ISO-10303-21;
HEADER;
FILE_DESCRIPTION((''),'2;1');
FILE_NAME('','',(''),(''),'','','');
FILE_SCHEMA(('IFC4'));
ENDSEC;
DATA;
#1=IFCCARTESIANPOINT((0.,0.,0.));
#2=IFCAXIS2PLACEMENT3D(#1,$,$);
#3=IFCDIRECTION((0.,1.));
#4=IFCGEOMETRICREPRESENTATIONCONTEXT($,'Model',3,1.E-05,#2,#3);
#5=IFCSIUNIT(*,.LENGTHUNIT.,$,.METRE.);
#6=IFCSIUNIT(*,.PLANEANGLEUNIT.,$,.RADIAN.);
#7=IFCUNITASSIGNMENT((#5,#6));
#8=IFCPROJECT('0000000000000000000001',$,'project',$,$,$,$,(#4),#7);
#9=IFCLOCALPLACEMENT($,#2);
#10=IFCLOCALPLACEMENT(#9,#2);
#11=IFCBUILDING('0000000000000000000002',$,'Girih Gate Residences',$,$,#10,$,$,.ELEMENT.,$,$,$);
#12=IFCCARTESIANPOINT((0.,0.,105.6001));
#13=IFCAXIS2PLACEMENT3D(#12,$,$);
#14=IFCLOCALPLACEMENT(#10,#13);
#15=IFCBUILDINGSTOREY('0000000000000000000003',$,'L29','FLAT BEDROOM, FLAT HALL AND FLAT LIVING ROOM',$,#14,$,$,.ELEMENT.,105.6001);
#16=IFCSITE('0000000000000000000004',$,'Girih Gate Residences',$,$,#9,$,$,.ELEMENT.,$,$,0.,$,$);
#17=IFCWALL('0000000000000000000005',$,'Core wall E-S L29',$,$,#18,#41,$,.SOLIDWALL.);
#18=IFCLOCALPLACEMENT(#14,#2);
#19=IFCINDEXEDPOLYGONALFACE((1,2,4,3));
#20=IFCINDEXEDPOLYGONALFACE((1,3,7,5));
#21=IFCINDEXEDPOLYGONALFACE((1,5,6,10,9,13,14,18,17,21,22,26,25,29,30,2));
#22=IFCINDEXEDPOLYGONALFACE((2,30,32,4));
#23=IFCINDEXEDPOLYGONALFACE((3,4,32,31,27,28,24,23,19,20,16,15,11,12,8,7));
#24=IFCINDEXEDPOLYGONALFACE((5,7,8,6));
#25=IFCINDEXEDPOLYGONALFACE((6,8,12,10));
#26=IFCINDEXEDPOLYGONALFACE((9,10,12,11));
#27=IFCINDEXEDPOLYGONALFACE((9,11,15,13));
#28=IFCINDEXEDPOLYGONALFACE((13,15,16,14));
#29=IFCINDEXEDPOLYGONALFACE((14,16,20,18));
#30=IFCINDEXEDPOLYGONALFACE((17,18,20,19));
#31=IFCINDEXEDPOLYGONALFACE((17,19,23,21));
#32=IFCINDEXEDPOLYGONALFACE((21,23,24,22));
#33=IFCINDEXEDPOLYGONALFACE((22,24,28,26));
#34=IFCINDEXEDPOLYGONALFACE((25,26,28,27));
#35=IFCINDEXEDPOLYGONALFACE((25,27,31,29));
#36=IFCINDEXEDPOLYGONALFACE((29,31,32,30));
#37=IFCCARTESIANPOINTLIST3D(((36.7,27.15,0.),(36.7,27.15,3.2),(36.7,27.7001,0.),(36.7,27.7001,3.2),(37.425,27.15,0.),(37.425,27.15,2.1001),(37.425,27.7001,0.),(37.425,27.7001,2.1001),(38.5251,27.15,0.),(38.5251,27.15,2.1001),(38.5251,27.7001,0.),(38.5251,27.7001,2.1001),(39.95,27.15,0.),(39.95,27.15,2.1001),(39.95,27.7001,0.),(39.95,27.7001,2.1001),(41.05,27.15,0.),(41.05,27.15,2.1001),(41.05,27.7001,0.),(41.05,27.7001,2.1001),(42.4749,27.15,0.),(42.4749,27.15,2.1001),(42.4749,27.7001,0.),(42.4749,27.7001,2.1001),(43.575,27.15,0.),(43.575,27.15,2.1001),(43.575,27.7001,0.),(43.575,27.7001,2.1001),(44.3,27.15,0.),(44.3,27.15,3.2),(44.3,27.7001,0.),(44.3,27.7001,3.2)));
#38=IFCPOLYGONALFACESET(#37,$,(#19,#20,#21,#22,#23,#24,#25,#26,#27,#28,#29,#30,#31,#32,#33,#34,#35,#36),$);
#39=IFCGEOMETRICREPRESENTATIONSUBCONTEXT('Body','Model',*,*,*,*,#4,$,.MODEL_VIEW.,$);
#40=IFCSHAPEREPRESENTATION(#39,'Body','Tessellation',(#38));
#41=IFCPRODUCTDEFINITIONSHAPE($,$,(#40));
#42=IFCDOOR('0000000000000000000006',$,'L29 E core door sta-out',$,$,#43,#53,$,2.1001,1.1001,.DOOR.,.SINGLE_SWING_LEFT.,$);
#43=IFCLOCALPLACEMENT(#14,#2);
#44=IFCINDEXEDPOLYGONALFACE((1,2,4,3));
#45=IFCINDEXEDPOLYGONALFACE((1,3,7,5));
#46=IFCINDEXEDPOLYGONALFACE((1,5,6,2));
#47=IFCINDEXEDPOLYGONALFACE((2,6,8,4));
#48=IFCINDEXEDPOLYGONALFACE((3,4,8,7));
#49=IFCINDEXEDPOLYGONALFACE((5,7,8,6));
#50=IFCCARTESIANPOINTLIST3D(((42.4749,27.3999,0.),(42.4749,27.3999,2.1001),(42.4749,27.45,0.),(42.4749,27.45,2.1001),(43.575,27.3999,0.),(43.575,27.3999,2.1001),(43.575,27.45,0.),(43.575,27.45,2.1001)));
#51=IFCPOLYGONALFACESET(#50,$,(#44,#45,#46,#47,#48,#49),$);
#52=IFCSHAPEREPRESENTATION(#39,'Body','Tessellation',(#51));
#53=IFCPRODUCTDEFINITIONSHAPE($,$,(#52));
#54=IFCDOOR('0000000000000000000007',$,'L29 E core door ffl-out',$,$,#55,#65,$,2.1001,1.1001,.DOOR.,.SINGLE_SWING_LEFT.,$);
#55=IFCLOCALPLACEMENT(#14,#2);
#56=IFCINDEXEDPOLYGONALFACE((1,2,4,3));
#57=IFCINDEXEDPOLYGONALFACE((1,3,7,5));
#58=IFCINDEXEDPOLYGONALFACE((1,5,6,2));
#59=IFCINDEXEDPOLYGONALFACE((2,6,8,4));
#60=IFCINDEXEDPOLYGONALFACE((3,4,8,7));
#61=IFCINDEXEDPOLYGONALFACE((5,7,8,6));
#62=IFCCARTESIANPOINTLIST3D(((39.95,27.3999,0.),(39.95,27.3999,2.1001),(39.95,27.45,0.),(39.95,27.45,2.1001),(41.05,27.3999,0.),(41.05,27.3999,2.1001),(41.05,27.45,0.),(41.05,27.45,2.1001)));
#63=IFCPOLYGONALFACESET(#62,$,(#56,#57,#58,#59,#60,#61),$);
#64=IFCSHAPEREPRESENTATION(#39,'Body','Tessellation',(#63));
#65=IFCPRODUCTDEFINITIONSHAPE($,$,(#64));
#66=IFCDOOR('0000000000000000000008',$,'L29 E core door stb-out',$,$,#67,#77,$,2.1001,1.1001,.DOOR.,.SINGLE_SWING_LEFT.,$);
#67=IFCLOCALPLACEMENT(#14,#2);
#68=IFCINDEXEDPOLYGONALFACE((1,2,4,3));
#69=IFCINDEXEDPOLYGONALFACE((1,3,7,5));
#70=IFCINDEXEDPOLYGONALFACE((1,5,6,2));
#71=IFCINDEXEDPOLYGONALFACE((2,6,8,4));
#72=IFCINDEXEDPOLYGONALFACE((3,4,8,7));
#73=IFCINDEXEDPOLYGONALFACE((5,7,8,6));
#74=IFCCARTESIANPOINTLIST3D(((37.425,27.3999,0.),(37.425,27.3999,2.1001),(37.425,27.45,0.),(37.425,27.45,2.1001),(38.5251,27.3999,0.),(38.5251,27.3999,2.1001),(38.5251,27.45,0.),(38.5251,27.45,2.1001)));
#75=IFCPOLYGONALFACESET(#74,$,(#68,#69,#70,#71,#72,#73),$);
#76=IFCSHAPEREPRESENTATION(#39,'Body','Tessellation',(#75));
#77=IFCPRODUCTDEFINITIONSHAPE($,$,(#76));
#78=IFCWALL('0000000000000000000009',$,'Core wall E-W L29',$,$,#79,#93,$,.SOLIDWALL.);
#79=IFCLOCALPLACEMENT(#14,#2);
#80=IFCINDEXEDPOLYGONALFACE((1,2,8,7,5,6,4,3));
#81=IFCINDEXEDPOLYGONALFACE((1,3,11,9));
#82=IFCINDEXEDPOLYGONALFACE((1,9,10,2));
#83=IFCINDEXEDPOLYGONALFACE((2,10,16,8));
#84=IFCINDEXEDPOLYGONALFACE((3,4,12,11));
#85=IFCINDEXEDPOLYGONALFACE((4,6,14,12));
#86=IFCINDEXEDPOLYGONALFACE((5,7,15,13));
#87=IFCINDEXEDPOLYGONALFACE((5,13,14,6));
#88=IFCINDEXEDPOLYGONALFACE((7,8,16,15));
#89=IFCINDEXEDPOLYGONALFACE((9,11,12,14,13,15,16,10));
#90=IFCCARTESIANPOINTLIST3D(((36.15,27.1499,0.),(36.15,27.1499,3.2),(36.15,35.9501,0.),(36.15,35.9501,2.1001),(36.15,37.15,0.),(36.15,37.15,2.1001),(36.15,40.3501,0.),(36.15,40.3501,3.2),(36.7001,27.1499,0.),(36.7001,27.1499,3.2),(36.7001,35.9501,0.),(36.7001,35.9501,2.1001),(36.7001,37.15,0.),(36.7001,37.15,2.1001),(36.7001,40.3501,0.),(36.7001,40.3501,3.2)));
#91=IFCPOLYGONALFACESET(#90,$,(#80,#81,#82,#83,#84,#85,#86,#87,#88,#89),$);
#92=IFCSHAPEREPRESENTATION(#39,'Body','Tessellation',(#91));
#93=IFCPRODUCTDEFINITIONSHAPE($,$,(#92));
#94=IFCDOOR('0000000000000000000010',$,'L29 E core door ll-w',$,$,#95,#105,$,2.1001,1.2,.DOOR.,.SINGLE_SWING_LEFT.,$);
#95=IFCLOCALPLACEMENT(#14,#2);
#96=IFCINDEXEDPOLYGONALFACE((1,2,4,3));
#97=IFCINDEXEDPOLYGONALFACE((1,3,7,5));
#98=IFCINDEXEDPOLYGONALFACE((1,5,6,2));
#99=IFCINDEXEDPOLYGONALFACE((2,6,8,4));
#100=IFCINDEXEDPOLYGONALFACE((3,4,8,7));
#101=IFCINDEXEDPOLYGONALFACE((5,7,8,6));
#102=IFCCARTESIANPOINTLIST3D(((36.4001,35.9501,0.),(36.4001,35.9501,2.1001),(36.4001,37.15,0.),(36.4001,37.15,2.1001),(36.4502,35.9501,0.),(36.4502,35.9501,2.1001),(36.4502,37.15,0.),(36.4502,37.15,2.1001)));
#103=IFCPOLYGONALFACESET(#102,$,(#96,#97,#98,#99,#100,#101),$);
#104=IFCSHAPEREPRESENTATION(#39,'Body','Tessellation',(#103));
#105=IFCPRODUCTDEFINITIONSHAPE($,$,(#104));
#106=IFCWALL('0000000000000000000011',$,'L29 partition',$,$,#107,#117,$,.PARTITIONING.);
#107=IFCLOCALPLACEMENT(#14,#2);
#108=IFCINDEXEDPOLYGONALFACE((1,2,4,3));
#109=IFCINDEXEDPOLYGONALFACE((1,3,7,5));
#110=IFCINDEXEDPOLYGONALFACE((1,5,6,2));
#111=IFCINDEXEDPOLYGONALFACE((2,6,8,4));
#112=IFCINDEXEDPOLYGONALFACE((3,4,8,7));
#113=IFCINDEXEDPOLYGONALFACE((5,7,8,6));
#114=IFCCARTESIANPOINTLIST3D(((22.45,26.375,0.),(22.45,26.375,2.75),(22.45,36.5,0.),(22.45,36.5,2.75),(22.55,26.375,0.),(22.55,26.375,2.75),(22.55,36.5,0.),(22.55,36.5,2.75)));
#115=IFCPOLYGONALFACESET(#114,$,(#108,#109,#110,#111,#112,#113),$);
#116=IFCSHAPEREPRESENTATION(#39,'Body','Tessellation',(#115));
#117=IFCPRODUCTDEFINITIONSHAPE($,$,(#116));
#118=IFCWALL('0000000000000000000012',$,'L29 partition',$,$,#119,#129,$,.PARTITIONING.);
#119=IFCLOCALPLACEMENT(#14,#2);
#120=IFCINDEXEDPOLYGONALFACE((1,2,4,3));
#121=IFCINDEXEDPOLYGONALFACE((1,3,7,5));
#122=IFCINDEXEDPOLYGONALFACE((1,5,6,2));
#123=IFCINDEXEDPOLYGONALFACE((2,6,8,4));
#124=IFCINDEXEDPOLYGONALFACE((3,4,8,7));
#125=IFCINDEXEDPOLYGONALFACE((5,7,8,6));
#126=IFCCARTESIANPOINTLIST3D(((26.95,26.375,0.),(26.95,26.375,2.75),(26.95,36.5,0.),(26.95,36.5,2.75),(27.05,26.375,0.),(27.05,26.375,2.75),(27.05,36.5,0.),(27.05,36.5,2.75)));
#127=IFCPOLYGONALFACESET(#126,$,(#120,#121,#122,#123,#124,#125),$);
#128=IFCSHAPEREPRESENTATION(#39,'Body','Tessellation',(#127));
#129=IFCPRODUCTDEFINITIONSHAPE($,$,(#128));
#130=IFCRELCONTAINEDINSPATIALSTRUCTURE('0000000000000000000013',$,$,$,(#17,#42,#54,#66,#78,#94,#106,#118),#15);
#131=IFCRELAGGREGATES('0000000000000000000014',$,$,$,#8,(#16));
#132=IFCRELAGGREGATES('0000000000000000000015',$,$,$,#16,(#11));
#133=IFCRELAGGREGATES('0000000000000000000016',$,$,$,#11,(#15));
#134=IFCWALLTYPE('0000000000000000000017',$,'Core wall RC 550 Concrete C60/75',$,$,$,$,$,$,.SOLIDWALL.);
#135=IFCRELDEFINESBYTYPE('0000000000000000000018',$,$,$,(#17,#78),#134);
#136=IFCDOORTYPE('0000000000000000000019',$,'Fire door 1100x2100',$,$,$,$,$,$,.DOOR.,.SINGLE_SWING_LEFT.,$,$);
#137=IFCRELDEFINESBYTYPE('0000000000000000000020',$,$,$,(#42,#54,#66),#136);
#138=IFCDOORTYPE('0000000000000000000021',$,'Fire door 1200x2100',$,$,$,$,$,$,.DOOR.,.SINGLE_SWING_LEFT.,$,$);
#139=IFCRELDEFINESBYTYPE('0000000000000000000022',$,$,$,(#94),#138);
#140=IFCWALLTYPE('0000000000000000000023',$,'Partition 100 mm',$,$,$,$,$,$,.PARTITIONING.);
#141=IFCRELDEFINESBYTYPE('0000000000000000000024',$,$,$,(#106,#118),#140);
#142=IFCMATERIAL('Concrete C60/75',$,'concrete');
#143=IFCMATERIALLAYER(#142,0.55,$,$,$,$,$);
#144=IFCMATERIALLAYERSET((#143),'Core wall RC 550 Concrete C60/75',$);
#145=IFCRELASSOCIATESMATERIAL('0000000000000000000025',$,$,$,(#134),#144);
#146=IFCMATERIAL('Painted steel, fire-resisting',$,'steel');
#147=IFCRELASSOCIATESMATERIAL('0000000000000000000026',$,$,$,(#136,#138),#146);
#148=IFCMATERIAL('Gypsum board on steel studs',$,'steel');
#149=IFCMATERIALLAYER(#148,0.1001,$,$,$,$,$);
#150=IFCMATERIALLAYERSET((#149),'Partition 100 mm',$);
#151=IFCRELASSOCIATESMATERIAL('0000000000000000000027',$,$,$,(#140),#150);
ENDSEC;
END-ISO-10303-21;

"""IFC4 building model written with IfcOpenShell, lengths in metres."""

from ifc_helpers import new_model, si_unit, direction, frame, frame_2d, origin, place, context, subcontext, project, spatial, rectangle, extrude, material, layer, layer_set, type_object, element, fill, save


model = new_model("IFC4")

# Units and contexts
model_context = context("Model", 3, precision=1e-05, world=origin(), true_north=direction((0.0, 1.0)))
body_context = subcontext(model_context, "Body", "Model", "MODEL_VIEW")
ifc_project = project(units=[si_unit("LENGTHUNIT", "METRE"), si_unit("PLANEANGLEUNIT", "RADIAN")], contexts=[model_context])

# Site, building, storey
site_placement = place(None, origin())
site = spatial("IfcSite", under=ifc_project, at=site_placement, Name="Girih Gate Residences", CompositionType="ELEMENT", RefElevation=0.0)
building_placement = place(site_placement, origin())
building = spatial("IfcBuilding", under=site, at=building_placement, Name="Girih Gate Residences", CompositionType="ELEMENT")
storey_placement = place(building_placement, frame((0.0, 0.0, 105.6001)))
storey = spatial("IfcBuildingStorey", under=building, at=storey_placement, Name="L29", Description="FLAT BEDROOM, FLAT HALL AND FLAT LIVING ROOM", CompositionType="ELEMENT", Elevation=105.6001)

# Shared definitions
ifc_material_1 = material(Name="Concrete C60/75", Category="concrete")

# Shared definitions
ifc_material_2 = material(Name="Gypsum board on steel studs", Category="steel")

# Wall, openings, doors
ifc_layer_1 = layer(ifc_material_1, 0.55)
ifc_layer_set_1 = layer_set([ifc_layer_1], Name="Core wall RC 550 Concrete C60/75")
wall_type_1 = type_object("IfcWallType", Name="Core wall RC 550 Concrete C60/75", PredefinedType="SOLIDWALL", material=ifc_layer_set_1)
wall_1_placement = place(storey_placement, frame((36.7, 27.425, 0.0), z_axis=(0.0, 0.0, 1.0), x_axis=(1.0, 0.0, 0.0)))
wall_1 = element("IfcWall", 1, at=wall_1_placement, inside=storey, type_object=wall_type_1, Name="Core wall E-S L29", PredefinedType="SOLIDWALL", context=body_context, shape_type="SweptSolid", body=[
    extrude(rectangle(XDim=7.6001, YDim=0.55, at=frame_2d((3.8, 0.0))), origin(), (0.0, 0.0, 1.0), 3.2),
])
opening_1_placement = place(wall_1_placement, frame((5.7749, 0.0, 0.0)))
opening_1 = element("IfcOpeningElement", 2, at=opening_1_placement, cuts=wall_1, PredefinedType="OPENING", context=body_context, shape_type="SweptSolid", body=[
    extrude(rectangle(XDim=1.1001, YDim=2.1001, at=frame_2d((0.55, 1.05))), frame((0.0, 0.2849, 0.0), z_axis=(0.0, -1.0, 0.0), x_axis=(1.0, 0.0, 0.0)), (0.0, 0.0, 1.0), 0.5701),
])
opening_2_placement = place(wall_1_placement, frame((3.25, 0.0, 0.0)))
opening_2 = element("IfcOpeningElement", 3, at=opening_2_placement, cuts=wall_1, PredefinedType="OPENING", context=body_context, shape_type="SweptSolid", body=[
    extrude(rectangle(XDim=1.1001, YDim=2.1001, at=frame_2d((0.55, 1.05))), frame((0.0, 0.2849, 0.0), z_axis=(0.0, -1.0, 0.0), x_axis=(1.0, 0.0, 0.0)), (0.0, 0.0, 1.0), 0.5701),
])
opening_3_placement = place(wall_1_placement, frame((0.7251, 0.0, 0.0)))
opening_3 = element("IfcOpeningElement", 4, at=opening_3_placement, cuts=wall_1, PredefinedType="OPENING", context=body_context, shape_type="SweptSolid", body=[
    extrude(rectangle(XDim=1.1001, YDim=2.1001, at=frame_2d((0.55, 1.05))), frame((0.0, 0.2849, 0.0), z_axis=(0.0, -1.0, 0.0), x_axis=(1.0, 0.0, 0.0)), (0.0, 0.0, 1.0), 0.5701),
])
ifc_material_3 = material(Name="Painted steel, fire-resisting", Category="steel")
door_type_1 = type_object("IfcDoorType", Name="Fire door 1100x2100", OperationType="SINGLE_SWING_LEFT", PredefinedType="DOOR", material=ifc_material_3)
door_1_placement = place(opening_1_placement, origin())
door_1 = element("IfcDoor", 5, at=door_1_placement, inside=storey, type_object=door_type_1, Name="L29 E core door sta-out", OperationType="SINGLE_SWING_LEFT", OverallHeight=2.1001, OverallWidth=1.1001, PredefinedType="DOOR", context=body_context, shape_type="SweptSolid", body=[
    extrude(rectangle(XDim=1.1001, YDim=2.1001, at=frame_2d((0.55, 1.05))), frame((0.0, 0.0249, 0.0), z_axis=(0.0, -1.0, 0.0), x_axis=(1.0, 0.0, 0.0)), (0.0, 0.0, 1.0), 0.05),
])
fill(opening_1, door_1)
door_2_placement = place(opening_2_placement, origin())
door_2 = element("IfcDoor", 6, at=door_2_placement, inside=storey, type_object=door_type_1, Name="L29 E core door ffl-out", OperationType="SINGLE_SWING_LEFT", OverallHeight=2.1001, OverallWidth=1.1001, PredefinedType="DOOR", context=body_context, shape_type="SweptSolid", body=[
    extrude(rectangle(XDim=1.1001, YDim=2.1001, at=frame_2d((0.55, 1.05))), frame((0.0, 0.0249, 0.0), z_axis=(0.0, -1.0, 0.0), x_axis=(1.0, 0.0, 0.0)), (0.0, 0.0, 1.0), 0.05),
])
fill(opening_2, door_2)
door_3_placement = place(opening_3_placement, origin())
door_3 = element("IfcDoor", 7, at=door_3_placement, inside=storey, type_object=door_type_1, Name="L29 E core door stb-out", OperationType="SINGLE_SWING_LEFT", OverallHeight=2.1001, OverallWidth=1.1001, PredefinedType="DOOR", context=body_context, shape_type="SweptSolid", body=[
    extrude(rectangle(XDim=1.1001, YDim=2.1001, at=frame_2d((0.55, 1.05))), frame((0.0, 0.0249, 0.0), z_axis=(0.0, -1.0, 0.0), x_axis=(1.0, 0.0, 0.0)), (0.0, 0.0, 1.0), 0.05),
])
fill(opening_3, door_3)

# Wall, opening, door
wall_2_placement = place(storey_placement, frame((36.425, 27.1499, 0.0), z_axis=(0.0, 0.0, 1.0), x_axis=(0.0, 1.0, 0.0)))
wall_2 = element("IfcWall", 8, at=wall_2_placement, inside=storey, type_object=wall_type_1, Name="Core wall E-W L29", PredefinedType="SOLIDWALL", context=body_context, shape_type="SweptSolid", body=[
    extrude(rectangle(XDim=13.2002, YDim=0.55, at=frame_2d((6.6001, 0.0))), origin(), (0.0, 0.0, 1.0), 3.2),
])
opening_4_placement = place(wall_2_placement, frame((8.8, 0.0, 0.0)))
opening_4 = element("IfcOpeningElement", 9, at=opening_4_placement, cuts=wall_2, PredefinedType="OPENING", context=body_context, shape_type="SweptSolid", body=[
    extrude(rectangle(XDim=1.2, YDim=2.1001, at=frame_2d((0.6001, 1.05))), frame((0.0, 0.2849, 0.0), z_axis=(0.0, -1.0, 0.0), x_axis=(1.0, 0.0, 0.0)), (0.0, 0.0, 1.0), 0.5701),
])
door_type_2 = type_object("IfcDoorType", Name="Fire door 1200x2100", OperationType="SINGLE_SWING_LEFT", PredefinedType="DOOR", material=ifc_material_3)
door_4_placement = place(opening_4_placement, origin())
door_4 = element("IfcDoor", 10, at=door_4_placement, inside=storey, type_object=door_type_2, Name="L29 E core door ll-w", OperationType="SINGLE_SWING_LEFT", OverallHeight=2.1001, OverallWidth=1.2, PredefinedType="DOOR", context=body_context, shape_type="SweptSolid", body=[
    extrude(rectangle(XDim=1.2, YDim=2.1001, at=frame_2d((0.6001, 1.05))), frame((0.0, 0.0249, 0.0), z_axis=(0.0, -1.0, 0.0), x_axis=(1.0, 0.0, 0.0)), (0.0, 0.0, 1.0), 0.05),
])
fill(opening_4, door_4)

# Walls
ifc_layer_2 = layer(ifc_material_2, 0.1001)
ifc_layer_set_2 = layer_set([ifc_layer_2], Name="Partition 100 mm")
wall_type_2 = type_object("IfcWallType", Name="Partition 100 mm", PredefinedType="PARTITIONING", material=ifc_layer_set_2)
for number, where, z_axis, x_axis, name in (
    (11, (22.5, 26.375, 0.0), (0.0, 0.0, 1.0), (0.0, 1.0, 0.0), "L29 partition"),
    (12, (27.0, 26.375, 0.0), (0.0, 0.0, 1.0), (0.0, 1.0, 0.0), "L29 partition"),
):
    element("IfcWall", number, at=place(storey_placement, frame(where, z_axis=z_axis, x_axis=x_axis)), inside=storey, type_object=wall_type_2, Name=name, PredefinedType="PARTITIONING", context=body_context, shape_type="SweptSolid", body=[
        extrude(rectangle(XDim=10.125, YDim=0.1001, at=frame_2d((5.0625, 0.0))), origin(), (0.0, 0.0, 1.0), 2.75),
    ])

save(model, "model.ifc")
